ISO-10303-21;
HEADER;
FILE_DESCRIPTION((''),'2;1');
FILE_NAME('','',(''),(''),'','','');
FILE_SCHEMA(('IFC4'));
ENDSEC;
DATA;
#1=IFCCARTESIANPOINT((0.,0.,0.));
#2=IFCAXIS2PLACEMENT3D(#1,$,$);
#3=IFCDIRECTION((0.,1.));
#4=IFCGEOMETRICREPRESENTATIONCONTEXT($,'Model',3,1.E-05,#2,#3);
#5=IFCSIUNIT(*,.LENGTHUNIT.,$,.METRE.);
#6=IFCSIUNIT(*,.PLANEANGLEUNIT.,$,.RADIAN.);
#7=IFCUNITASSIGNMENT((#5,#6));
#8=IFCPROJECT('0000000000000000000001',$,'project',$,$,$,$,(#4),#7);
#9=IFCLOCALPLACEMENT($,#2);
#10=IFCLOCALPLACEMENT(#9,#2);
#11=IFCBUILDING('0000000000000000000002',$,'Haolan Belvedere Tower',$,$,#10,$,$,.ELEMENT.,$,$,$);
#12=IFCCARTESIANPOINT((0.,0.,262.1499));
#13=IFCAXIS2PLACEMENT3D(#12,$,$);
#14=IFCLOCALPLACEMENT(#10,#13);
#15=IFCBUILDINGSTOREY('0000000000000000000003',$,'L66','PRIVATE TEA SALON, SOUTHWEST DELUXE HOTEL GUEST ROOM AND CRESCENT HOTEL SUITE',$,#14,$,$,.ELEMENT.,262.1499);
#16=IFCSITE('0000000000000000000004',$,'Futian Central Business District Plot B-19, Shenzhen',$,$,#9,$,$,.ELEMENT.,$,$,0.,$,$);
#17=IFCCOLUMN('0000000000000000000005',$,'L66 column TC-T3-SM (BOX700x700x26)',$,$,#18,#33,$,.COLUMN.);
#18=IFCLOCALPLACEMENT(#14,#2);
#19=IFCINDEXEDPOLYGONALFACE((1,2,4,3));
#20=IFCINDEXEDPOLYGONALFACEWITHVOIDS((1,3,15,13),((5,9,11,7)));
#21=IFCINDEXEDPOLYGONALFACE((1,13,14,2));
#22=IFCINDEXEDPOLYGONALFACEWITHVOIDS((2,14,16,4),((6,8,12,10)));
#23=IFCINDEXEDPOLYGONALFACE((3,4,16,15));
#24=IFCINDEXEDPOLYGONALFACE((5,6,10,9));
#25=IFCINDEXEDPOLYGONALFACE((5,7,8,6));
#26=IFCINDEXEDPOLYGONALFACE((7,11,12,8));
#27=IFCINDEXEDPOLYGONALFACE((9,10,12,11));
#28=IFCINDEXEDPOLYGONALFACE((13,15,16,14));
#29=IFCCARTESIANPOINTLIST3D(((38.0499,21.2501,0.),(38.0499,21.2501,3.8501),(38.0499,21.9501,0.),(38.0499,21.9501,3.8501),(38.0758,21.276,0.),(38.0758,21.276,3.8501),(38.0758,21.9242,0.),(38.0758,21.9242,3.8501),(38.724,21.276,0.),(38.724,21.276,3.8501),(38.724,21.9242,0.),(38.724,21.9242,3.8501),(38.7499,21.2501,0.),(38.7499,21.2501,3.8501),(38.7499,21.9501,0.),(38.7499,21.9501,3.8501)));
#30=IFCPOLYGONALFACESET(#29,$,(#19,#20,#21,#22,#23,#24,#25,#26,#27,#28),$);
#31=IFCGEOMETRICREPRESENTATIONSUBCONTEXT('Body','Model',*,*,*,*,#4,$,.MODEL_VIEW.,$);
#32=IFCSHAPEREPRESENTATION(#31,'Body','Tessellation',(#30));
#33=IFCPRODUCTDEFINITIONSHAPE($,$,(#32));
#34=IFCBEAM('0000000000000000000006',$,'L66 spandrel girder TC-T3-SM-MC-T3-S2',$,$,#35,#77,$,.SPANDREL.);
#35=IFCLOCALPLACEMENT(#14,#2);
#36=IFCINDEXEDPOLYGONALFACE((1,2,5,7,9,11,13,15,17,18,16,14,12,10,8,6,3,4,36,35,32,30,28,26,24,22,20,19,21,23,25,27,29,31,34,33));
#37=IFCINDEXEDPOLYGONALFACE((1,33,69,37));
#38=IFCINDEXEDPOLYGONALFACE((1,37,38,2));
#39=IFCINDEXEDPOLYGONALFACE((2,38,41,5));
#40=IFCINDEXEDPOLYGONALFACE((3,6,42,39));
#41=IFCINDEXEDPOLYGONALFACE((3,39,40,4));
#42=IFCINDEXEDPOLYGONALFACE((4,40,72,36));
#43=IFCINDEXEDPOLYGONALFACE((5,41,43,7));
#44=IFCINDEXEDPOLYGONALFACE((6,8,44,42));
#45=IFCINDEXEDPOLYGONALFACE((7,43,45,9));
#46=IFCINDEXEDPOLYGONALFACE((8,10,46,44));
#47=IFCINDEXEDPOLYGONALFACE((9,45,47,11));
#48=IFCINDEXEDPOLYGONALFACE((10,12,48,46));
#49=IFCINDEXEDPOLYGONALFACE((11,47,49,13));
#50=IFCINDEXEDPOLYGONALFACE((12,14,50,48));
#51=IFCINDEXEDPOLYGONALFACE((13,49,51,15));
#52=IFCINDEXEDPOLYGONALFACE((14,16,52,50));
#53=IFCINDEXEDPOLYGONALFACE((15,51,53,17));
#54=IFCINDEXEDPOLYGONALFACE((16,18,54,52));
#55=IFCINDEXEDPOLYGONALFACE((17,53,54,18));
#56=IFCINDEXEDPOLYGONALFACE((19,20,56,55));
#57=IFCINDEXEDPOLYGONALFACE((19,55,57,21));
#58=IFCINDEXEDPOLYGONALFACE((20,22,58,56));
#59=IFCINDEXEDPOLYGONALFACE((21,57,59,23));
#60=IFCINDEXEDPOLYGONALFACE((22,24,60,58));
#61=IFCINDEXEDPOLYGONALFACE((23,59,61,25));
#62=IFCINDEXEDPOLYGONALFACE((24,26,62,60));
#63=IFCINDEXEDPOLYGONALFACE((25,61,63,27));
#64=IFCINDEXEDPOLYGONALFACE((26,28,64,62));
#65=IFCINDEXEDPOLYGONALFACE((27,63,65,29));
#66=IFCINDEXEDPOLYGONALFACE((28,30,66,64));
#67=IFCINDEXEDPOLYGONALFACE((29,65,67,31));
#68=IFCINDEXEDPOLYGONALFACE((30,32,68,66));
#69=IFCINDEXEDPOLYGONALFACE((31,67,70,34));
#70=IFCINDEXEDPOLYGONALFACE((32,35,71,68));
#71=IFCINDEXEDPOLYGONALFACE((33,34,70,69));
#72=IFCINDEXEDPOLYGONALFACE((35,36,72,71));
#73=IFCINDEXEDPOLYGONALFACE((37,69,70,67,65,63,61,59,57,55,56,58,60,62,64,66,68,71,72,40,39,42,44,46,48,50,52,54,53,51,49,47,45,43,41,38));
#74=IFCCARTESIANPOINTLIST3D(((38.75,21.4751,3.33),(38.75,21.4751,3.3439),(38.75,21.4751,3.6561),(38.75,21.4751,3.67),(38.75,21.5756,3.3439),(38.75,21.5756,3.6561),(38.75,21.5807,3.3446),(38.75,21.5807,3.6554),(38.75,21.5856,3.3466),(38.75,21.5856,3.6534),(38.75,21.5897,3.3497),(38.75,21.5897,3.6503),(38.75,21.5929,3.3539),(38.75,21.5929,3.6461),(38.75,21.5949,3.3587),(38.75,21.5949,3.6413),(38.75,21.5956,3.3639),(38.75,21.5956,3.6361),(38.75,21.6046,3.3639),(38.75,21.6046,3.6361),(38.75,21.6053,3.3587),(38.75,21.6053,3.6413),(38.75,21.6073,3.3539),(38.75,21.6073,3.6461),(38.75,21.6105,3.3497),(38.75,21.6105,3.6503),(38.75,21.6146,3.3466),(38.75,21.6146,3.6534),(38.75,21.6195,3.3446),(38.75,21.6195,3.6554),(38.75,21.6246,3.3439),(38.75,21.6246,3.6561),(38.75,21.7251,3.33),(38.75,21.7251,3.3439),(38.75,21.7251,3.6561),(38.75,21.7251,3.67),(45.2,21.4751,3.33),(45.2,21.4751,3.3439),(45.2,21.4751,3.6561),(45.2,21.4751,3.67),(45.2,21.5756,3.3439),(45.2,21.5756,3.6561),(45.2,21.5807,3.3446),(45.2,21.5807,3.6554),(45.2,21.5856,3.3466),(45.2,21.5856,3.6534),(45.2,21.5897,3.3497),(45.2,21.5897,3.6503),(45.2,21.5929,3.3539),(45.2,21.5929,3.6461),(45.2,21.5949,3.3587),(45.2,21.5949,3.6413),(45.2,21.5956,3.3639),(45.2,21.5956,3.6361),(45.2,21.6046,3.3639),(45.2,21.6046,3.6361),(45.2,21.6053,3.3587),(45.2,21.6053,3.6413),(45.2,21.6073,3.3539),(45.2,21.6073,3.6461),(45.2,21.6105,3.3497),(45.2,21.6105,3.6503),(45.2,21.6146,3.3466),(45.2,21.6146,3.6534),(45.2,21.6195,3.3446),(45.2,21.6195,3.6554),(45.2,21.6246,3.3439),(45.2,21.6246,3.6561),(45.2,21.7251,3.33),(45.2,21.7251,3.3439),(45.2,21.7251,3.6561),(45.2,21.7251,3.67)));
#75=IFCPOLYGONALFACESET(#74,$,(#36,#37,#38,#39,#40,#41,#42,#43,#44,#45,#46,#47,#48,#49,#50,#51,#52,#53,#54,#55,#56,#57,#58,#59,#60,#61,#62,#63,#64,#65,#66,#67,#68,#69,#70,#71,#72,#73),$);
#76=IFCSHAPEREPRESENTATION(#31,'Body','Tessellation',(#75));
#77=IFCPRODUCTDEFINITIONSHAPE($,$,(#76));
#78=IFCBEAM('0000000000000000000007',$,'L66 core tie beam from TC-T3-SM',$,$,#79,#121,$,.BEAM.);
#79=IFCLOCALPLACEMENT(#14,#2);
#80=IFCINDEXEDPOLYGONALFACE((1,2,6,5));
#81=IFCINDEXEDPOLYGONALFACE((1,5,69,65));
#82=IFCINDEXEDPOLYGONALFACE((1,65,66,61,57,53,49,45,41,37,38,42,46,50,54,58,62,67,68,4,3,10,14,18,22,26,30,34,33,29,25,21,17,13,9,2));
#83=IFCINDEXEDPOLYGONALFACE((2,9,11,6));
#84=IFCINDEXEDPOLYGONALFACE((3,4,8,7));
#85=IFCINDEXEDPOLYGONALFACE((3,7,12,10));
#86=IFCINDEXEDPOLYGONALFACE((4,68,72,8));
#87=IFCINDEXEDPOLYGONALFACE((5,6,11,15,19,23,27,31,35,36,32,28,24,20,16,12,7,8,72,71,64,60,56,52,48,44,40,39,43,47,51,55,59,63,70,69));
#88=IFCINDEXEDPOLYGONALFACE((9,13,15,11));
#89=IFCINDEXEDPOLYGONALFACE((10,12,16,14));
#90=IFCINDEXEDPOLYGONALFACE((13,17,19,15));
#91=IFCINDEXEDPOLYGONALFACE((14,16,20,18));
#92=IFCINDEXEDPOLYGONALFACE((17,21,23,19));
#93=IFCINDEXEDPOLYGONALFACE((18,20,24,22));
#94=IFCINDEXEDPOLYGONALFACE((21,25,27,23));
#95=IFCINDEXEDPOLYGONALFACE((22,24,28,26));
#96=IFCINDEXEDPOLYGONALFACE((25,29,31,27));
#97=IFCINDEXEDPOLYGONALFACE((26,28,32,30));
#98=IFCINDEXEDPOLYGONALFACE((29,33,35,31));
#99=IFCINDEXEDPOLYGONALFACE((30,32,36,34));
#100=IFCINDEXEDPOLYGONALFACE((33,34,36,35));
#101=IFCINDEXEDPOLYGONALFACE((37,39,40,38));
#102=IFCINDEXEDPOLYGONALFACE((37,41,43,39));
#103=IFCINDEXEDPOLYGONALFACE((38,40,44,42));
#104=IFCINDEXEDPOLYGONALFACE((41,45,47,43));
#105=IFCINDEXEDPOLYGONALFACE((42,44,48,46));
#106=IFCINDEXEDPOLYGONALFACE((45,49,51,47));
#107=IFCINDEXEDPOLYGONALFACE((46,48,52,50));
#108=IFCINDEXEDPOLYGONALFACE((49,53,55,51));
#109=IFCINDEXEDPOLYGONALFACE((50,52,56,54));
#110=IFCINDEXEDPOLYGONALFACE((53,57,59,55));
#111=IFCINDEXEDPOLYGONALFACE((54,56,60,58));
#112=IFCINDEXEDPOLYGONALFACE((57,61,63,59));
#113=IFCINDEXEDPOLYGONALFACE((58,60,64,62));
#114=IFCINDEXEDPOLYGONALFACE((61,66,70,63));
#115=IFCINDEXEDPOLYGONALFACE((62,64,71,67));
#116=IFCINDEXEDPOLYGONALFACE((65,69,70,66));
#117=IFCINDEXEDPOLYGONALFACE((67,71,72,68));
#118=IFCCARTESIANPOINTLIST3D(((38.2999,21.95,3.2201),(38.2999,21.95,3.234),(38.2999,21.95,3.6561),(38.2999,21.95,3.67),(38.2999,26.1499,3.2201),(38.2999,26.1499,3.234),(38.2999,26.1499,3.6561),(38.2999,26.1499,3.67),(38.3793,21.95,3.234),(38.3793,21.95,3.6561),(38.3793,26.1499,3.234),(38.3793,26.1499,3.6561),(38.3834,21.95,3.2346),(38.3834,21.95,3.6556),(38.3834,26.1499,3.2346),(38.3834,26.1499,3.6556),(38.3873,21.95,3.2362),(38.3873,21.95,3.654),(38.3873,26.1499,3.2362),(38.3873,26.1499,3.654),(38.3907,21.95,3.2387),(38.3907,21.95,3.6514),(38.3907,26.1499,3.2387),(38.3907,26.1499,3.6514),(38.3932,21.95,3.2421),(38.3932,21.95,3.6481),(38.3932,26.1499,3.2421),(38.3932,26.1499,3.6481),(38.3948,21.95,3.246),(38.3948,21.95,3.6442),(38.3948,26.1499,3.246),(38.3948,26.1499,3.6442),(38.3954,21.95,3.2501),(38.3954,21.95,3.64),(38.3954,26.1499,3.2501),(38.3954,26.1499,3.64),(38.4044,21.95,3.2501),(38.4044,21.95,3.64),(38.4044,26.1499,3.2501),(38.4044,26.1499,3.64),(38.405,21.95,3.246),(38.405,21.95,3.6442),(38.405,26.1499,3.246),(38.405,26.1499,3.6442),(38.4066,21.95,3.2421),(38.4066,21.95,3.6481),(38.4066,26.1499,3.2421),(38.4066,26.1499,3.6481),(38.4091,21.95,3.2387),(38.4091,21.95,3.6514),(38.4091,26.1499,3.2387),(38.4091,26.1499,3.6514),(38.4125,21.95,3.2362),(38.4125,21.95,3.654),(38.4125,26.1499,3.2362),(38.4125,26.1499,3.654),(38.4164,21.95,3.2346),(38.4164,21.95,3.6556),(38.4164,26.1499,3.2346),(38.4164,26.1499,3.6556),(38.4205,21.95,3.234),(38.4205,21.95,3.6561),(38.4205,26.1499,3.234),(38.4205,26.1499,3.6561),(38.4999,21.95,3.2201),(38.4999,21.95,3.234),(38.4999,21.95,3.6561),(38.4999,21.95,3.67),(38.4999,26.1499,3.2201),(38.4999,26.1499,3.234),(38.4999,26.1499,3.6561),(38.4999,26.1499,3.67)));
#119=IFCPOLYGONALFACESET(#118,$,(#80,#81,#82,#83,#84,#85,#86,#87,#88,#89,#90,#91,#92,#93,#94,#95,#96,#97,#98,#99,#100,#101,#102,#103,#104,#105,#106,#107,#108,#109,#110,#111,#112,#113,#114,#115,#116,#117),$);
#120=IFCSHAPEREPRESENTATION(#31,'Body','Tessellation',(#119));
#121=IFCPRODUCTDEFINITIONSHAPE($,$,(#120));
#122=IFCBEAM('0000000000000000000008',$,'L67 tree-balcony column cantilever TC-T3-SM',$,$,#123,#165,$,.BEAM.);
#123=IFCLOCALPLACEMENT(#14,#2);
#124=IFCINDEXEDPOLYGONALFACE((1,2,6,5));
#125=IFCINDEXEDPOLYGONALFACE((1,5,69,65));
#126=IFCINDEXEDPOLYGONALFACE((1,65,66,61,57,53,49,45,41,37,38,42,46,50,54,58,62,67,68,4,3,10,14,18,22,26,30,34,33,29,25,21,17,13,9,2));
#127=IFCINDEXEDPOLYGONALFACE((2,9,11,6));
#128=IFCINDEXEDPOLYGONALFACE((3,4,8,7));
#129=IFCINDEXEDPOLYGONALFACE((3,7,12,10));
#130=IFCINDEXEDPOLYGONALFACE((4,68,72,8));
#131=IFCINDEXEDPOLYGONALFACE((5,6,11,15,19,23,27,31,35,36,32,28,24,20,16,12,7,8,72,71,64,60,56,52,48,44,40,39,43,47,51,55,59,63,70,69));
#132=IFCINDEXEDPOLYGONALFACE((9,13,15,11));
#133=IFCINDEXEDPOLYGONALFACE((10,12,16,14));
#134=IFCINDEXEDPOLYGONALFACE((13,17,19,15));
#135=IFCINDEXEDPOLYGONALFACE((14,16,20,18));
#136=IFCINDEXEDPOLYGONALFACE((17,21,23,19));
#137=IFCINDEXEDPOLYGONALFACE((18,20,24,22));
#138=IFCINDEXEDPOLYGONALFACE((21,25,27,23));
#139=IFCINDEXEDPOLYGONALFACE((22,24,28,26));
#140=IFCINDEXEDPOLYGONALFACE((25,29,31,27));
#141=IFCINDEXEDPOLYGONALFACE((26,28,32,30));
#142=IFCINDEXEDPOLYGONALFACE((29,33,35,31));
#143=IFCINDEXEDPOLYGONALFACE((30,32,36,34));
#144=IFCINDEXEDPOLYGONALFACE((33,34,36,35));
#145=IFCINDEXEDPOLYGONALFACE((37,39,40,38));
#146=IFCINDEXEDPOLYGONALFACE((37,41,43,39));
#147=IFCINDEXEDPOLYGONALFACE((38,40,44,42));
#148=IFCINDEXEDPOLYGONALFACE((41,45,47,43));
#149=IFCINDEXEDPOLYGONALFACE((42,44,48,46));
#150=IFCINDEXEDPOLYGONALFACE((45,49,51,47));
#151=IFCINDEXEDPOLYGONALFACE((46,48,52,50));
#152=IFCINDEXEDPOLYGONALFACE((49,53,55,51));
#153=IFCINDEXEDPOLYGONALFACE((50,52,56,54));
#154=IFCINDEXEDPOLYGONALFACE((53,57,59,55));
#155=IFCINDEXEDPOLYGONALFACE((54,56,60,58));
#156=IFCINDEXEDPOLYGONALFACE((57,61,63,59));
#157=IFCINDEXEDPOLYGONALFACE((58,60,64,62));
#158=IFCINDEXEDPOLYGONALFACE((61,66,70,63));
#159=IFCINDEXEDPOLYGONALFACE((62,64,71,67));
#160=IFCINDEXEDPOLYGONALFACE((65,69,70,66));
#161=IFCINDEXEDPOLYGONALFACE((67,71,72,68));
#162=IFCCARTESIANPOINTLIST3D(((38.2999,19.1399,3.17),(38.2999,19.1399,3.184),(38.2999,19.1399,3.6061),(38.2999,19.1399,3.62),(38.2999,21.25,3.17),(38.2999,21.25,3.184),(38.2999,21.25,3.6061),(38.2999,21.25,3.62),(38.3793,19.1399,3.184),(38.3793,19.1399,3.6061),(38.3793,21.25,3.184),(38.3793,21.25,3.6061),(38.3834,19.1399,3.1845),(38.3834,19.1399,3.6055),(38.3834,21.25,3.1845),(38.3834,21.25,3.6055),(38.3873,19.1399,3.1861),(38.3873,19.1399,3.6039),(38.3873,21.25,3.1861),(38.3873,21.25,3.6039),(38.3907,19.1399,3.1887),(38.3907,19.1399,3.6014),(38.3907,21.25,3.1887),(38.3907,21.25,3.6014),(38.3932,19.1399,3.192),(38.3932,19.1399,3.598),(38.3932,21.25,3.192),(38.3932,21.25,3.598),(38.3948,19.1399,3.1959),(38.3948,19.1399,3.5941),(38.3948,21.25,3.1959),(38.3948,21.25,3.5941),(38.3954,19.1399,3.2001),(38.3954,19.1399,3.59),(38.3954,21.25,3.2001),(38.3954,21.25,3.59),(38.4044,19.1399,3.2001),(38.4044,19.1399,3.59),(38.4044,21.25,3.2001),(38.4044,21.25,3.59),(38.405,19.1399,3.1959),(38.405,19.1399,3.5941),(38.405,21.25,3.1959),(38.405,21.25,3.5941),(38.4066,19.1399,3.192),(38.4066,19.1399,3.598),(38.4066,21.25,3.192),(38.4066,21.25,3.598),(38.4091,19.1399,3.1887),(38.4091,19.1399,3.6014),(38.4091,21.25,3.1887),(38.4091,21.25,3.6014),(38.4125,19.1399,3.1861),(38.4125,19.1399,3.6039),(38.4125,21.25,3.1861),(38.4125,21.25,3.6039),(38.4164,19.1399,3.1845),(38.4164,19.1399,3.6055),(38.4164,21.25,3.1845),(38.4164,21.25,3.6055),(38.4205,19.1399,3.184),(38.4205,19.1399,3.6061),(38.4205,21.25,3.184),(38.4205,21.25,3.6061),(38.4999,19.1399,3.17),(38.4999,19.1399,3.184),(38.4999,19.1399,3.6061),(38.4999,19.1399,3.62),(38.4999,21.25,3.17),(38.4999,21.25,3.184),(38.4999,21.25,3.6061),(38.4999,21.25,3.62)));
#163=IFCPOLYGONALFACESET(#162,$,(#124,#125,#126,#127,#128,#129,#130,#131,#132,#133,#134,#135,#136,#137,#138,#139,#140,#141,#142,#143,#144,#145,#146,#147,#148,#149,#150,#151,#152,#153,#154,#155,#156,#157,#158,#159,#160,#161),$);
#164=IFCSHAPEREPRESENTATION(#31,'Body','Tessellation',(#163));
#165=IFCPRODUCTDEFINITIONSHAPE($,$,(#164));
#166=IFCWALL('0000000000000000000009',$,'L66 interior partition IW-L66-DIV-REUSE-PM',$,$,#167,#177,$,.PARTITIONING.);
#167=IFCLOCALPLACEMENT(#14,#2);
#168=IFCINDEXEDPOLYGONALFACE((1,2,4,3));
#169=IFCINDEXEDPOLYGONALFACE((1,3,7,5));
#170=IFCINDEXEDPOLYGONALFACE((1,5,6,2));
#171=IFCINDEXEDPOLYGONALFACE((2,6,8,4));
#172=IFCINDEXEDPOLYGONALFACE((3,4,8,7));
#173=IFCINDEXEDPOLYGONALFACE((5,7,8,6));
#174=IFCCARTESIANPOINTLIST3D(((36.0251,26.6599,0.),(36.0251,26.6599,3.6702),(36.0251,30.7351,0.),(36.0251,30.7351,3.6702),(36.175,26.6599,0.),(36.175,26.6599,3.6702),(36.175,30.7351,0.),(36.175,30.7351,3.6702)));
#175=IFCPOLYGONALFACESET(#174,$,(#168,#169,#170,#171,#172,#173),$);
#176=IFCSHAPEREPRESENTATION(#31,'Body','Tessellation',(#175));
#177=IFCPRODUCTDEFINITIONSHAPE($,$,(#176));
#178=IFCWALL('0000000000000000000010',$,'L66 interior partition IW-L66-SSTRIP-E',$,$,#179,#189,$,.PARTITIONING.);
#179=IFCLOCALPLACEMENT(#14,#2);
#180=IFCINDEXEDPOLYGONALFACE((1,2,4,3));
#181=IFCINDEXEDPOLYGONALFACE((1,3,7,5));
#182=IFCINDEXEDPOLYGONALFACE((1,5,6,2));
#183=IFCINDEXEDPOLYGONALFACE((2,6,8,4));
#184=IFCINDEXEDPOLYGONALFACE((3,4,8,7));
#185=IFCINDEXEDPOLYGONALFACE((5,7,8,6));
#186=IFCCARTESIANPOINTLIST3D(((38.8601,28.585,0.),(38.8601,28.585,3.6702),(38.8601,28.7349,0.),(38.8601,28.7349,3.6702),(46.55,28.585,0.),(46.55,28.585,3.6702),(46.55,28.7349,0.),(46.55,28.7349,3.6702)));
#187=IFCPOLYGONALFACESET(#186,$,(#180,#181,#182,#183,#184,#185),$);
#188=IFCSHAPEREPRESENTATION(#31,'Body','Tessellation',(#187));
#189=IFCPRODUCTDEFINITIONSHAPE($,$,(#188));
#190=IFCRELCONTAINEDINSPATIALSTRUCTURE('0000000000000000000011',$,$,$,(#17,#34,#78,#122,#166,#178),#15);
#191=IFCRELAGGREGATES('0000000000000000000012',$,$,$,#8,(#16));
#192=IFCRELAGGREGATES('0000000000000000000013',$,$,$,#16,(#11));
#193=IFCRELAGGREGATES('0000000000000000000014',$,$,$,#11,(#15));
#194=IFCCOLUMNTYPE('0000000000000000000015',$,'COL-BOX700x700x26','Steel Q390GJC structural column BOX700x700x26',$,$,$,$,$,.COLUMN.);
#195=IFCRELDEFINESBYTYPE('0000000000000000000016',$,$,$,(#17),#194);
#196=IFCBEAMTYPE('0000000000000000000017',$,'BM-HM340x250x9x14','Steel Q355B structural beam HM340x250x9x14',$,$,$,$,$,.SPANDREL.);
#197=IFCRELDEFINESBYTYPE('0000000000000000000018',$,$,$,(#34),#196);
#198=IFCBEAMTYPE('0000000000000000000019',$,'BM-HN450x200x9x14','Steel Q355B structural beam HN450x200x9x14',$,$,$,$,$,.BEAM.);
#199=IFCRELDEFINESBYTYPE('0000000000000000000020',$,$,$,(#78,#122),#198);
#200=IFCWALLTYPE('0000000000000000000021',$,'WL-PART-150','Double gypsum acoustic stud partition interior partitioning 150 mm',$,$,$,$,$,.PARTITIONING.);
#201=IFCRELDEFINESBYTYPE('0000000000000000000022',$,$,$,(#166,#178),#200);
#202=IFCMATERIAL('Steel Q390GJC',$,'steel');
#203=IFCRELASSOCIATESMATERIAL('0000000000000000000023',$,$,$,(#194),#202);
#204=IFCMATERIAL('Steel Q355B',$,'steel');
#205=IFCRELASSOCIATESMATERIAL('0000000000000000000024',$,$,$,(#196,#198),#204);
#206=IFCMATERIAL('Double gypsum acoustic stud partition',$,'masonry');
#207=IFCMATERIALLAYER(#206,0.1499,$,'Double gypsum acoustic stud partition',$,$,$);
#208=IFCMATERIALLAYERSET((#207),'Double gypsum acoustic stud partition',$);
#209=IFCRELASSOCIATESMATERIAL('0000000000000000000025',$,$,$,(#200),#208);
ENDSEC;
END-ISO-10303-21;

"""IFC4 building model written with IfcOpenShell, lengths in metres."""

from ifc_helpers import new_model, si_unit, direction, frame, frame_2d, origin, origin_2d, place, context, subcontext, project, spatial, rectangle, hollow_rectangle, i_section, extrude, material, layer, layer_set, material_profile, profile_set, type_object, element, save


model = new_model("IFC4")

# Units and contexts
model_context = context("Model", 3, precision=1e-05, world=origin(), true_north=direction((0.0, 1.0)))
body_context = subcontext(model_context, "Body", "Model", "MODEL_VIEW")
ifc_project = project(units=[si_unit("LENGTHUNIT", "METRE"), si_unit("PLANEANGLEUNIT", "RADIAN")], contexts=[model_context])

# Site, building, storey
site_placement = place(None, origin())
site = spatial("IfcSite", under=ifc_project, at=site_placement, Name="Futian Central Business District Plot B-19, Shenzhen", CompositionType="ELEMENT", RefElevation=0.0)
building_placement = place(site_placement, origin())
building = spatial("IfcBuilding", under=site, at=building_placement, Name="Haolan Belvedere Tower", CompositionType="ELEMENT")
storey_placement = place(building_placement, frame((0.0, 0.0, 262.1499)))
storey = spatial("IfcBuildingStorey", under=building, at=storey_placement, Name="L66", Description="PRIVATE TEA SALON, SOUTHWEST DELUXE HOTEL GUEST ROOM AND CRESCENT HOTEL SUITE", CompositionType="ELEMENT", Elevation=262.1499)

# Column
ifc_material_1 = material(Name="Steel Q390GJC", Category="steel")
ifc_material_profile_1 = material_profile(ifc_material_1, hollow_rectangle(XDim=0.7, YDim=0.7, WallThickness=0.0259, at=origin_2d()), Name="Steel Q390GJC")
ifc_profile_set_1 = profile_set([ifc_material_profile_1], Name="Steel Q390GJC")
column_type = type_object("IfcColumnType", Name="COL-BOX700x700x26", Description="Steel Q390GJC structural column BOX700x700x26", PredefinedType="COLUMN", material=ifc_profile_set_1)
column_placement = place(storey_placement, frame((38.3999, 21.6001, 0.0), z_axis=(0.0, 0.0, 1.0), x_axis=(1.0, 0.0, 0.0)))
element("IfcColumn", 1, at=column_placement, inside=storey, type_object=column_type, Name="L66 column TC-T3-SM (BOX700x700x26)", PredefinedType="COLUMN", context=body_context, shape_type="SweptSolid", body=[
    extrude(hollow_rectangle(XDim=0.7, YDim=0.7, WallThickness=0.0259, at=origin_2d()), origin(), (0.0, 0.0, 1.0), 3.8501),
])

# Beams
ifc_material_2 = material(Name="Steel Q355B", Category="steel")
ifc_material_profile_2 = material_profile(ifc_material_2, i_section(OverallWidth=0.25, OverallDepth=0.3401, WebThickness=0.009, FlangeThickness=0.0139, FilletRadius=0.02, at=origin_2d()), Name="Steel Q355B")
ifc_profile_set_2 = profile_set([ifc_material_profile_2], Name="Steel Q355B")
beam_type_1 = type_object("IfcBeamType", Name="BM-HM340x250x9x14", Description="Steel Q355B structural beam HM340x250x9x14", PredefinedType="SPANDREL", material=ifc_profile_set_2)
beam_1_placement = place(storey_placement, frame((38.75, 21.6001, 3.5), z_axis=(1.0, 0.0, 0.0), x_axis=(0.0, 1.0, 0.0)))
element("IfcBeam", 2, at=beam_1_placement, inside=storey, type_object=beam_type_1, Name="L66 spandrel girder TC-T3-SM-MC-T3-S2", PredefinedType="SPANDREL", context=body_context, shape_type="SweptSolid", body=[
    extrude(i_section(OverallWidth=0.25, OverallDepth=0.3401, WebThickness=0.009, FlangeThickness=0.0139, FilletRadius=0.02, at=origin_2d()), origin(), (0.0, 0.0, 1.0), 6.45),
])
ifc_material_profile_3 = material_profile(ifc_material_2, i_section(OverallWidth=0.2, OverallDepth=0.45, WebThickness=0.009, FlangeThickness=0.0139, FilletRadius=0.0161, at=origin_2d()), Name="Steel Q355B")
ifc_profile_set_3 = profile_set([ifc_material_profile_3], Name="Steel Q355B")
beam_type_2 = type_object("IfcBeamType", Name="BM-HN450x200x9x14", Description="Steel Q355B structural beam HN450x200x9x14", PredefinedType="BEAM", material=ifc_profile_set_3)
beam_2_placement = place(storey_placement, frame((38.3999, 21.95, 3.4451), z_axis=(0.0, 1.0, 0.0), x_axis=(-1.0, 0.0, 0.0)))
element("IfcBeam", 3, at=beam_2_placement, inside=storey, type_object=beam_type_2, Name="L66 core tie beam from TC-T3-SM", PredefinedType="BEAM", context=body_context, shape_type="SweptSolid", body=[
    extrude(i_section(OverallWidth=0.2, OverallDepth=0.45, WebThickness=0.009, FlangeThickness=0.0139, FilletRadius=0.0161, at=origin_2d()), origin(), (0.0, 0.0, 1.0), 4.2),
])
beam_3_placement = place(storey_placement, frame((38.3999, 21.25, 3.395), z_axis=(0.0, -1.0, 0.0), x_axis=(1.0, 0.0, 0.0)))
element("IfcBeam", 4, at=beam_3_placement, inside=storey, type_object=beam_type_2, Name="L67 tree-balcony column cantilever TC-T3-SM", PredefinedType="BEAM", context=body_context, shape_type="SweptSolid", body=[
    extrude(i_section(OverallWidth=0.2, OverallDepth=0.45, WebThickness=0.009, FlangeThickness=0.0139, FilletRadius=0.0161, at=origin_2d()), origin(), (0.0, 0.0, 1.0), 2.1101),
])

# Walls
ifc_material_3 = material(Name="Double gypsum acoustic stud partition", Category="masonry")
ifc_layer_1 = layer(ifc_material_3, 0.1499, Name="Double gypsum acoustic stud partition")
ifc_layer_set_1 = layer_set([ifc_layer_1], Name="Double gypsum acoustic stud partition")
wall_type_1 = type_object("IfcWallType", Name="WL-PART-150", Description="Double gypsum acoustic stud partition interior partitioning 150 mm", PredefinedType="PARTITIONING", material=ifc_layer_set_1)
wall_1_placement = place(storey_placement, frame((36.1001, 26.6599, 0.0), z_axis=(0.0, 0.0, 1.0), x_axis=(0.0, 1.0, 0.0)))
element("IfcWall", 5, at=wall_1_placement, inside=storey, type_object=wall_type_1, Name="L66 interior partition IW-L66-DIV-REUSE-PM", PredefinedType="PARTITIONING", context=body_context, shape_type="SweptSolid", body=[
    extrude(rectangle(XDim=4.0752, YDim=0.1499, at=frame_2d((2.0376, 0.0))), origin(), (0.0, 0.0, 1.0), 3.6702),
])
wall_2_placement = place(storey_placement, frame((38.8601, 28.6599, 0.0), z_axis=(0.0, 0.0, 1.0), x_axis=(1.0, 0.0, 0.0)))
element("IfcWall", 6, at=wall_2_placement, inside=storey, type_object=wall_type_1, Name="L66 interior partition IW-L66-SSTRIP-E", PredefinedType="PARTITIONING", context=body_context, shape_type="SweptSolid", body=[
    extrude(rectangle(XDim=7.6899, YDim=0.1499, at=frame_2d((3.845, 0.0))), origin(), (0.0, 0.0, 1.0), 3.6702),
])

save(model, "model.ifc")
